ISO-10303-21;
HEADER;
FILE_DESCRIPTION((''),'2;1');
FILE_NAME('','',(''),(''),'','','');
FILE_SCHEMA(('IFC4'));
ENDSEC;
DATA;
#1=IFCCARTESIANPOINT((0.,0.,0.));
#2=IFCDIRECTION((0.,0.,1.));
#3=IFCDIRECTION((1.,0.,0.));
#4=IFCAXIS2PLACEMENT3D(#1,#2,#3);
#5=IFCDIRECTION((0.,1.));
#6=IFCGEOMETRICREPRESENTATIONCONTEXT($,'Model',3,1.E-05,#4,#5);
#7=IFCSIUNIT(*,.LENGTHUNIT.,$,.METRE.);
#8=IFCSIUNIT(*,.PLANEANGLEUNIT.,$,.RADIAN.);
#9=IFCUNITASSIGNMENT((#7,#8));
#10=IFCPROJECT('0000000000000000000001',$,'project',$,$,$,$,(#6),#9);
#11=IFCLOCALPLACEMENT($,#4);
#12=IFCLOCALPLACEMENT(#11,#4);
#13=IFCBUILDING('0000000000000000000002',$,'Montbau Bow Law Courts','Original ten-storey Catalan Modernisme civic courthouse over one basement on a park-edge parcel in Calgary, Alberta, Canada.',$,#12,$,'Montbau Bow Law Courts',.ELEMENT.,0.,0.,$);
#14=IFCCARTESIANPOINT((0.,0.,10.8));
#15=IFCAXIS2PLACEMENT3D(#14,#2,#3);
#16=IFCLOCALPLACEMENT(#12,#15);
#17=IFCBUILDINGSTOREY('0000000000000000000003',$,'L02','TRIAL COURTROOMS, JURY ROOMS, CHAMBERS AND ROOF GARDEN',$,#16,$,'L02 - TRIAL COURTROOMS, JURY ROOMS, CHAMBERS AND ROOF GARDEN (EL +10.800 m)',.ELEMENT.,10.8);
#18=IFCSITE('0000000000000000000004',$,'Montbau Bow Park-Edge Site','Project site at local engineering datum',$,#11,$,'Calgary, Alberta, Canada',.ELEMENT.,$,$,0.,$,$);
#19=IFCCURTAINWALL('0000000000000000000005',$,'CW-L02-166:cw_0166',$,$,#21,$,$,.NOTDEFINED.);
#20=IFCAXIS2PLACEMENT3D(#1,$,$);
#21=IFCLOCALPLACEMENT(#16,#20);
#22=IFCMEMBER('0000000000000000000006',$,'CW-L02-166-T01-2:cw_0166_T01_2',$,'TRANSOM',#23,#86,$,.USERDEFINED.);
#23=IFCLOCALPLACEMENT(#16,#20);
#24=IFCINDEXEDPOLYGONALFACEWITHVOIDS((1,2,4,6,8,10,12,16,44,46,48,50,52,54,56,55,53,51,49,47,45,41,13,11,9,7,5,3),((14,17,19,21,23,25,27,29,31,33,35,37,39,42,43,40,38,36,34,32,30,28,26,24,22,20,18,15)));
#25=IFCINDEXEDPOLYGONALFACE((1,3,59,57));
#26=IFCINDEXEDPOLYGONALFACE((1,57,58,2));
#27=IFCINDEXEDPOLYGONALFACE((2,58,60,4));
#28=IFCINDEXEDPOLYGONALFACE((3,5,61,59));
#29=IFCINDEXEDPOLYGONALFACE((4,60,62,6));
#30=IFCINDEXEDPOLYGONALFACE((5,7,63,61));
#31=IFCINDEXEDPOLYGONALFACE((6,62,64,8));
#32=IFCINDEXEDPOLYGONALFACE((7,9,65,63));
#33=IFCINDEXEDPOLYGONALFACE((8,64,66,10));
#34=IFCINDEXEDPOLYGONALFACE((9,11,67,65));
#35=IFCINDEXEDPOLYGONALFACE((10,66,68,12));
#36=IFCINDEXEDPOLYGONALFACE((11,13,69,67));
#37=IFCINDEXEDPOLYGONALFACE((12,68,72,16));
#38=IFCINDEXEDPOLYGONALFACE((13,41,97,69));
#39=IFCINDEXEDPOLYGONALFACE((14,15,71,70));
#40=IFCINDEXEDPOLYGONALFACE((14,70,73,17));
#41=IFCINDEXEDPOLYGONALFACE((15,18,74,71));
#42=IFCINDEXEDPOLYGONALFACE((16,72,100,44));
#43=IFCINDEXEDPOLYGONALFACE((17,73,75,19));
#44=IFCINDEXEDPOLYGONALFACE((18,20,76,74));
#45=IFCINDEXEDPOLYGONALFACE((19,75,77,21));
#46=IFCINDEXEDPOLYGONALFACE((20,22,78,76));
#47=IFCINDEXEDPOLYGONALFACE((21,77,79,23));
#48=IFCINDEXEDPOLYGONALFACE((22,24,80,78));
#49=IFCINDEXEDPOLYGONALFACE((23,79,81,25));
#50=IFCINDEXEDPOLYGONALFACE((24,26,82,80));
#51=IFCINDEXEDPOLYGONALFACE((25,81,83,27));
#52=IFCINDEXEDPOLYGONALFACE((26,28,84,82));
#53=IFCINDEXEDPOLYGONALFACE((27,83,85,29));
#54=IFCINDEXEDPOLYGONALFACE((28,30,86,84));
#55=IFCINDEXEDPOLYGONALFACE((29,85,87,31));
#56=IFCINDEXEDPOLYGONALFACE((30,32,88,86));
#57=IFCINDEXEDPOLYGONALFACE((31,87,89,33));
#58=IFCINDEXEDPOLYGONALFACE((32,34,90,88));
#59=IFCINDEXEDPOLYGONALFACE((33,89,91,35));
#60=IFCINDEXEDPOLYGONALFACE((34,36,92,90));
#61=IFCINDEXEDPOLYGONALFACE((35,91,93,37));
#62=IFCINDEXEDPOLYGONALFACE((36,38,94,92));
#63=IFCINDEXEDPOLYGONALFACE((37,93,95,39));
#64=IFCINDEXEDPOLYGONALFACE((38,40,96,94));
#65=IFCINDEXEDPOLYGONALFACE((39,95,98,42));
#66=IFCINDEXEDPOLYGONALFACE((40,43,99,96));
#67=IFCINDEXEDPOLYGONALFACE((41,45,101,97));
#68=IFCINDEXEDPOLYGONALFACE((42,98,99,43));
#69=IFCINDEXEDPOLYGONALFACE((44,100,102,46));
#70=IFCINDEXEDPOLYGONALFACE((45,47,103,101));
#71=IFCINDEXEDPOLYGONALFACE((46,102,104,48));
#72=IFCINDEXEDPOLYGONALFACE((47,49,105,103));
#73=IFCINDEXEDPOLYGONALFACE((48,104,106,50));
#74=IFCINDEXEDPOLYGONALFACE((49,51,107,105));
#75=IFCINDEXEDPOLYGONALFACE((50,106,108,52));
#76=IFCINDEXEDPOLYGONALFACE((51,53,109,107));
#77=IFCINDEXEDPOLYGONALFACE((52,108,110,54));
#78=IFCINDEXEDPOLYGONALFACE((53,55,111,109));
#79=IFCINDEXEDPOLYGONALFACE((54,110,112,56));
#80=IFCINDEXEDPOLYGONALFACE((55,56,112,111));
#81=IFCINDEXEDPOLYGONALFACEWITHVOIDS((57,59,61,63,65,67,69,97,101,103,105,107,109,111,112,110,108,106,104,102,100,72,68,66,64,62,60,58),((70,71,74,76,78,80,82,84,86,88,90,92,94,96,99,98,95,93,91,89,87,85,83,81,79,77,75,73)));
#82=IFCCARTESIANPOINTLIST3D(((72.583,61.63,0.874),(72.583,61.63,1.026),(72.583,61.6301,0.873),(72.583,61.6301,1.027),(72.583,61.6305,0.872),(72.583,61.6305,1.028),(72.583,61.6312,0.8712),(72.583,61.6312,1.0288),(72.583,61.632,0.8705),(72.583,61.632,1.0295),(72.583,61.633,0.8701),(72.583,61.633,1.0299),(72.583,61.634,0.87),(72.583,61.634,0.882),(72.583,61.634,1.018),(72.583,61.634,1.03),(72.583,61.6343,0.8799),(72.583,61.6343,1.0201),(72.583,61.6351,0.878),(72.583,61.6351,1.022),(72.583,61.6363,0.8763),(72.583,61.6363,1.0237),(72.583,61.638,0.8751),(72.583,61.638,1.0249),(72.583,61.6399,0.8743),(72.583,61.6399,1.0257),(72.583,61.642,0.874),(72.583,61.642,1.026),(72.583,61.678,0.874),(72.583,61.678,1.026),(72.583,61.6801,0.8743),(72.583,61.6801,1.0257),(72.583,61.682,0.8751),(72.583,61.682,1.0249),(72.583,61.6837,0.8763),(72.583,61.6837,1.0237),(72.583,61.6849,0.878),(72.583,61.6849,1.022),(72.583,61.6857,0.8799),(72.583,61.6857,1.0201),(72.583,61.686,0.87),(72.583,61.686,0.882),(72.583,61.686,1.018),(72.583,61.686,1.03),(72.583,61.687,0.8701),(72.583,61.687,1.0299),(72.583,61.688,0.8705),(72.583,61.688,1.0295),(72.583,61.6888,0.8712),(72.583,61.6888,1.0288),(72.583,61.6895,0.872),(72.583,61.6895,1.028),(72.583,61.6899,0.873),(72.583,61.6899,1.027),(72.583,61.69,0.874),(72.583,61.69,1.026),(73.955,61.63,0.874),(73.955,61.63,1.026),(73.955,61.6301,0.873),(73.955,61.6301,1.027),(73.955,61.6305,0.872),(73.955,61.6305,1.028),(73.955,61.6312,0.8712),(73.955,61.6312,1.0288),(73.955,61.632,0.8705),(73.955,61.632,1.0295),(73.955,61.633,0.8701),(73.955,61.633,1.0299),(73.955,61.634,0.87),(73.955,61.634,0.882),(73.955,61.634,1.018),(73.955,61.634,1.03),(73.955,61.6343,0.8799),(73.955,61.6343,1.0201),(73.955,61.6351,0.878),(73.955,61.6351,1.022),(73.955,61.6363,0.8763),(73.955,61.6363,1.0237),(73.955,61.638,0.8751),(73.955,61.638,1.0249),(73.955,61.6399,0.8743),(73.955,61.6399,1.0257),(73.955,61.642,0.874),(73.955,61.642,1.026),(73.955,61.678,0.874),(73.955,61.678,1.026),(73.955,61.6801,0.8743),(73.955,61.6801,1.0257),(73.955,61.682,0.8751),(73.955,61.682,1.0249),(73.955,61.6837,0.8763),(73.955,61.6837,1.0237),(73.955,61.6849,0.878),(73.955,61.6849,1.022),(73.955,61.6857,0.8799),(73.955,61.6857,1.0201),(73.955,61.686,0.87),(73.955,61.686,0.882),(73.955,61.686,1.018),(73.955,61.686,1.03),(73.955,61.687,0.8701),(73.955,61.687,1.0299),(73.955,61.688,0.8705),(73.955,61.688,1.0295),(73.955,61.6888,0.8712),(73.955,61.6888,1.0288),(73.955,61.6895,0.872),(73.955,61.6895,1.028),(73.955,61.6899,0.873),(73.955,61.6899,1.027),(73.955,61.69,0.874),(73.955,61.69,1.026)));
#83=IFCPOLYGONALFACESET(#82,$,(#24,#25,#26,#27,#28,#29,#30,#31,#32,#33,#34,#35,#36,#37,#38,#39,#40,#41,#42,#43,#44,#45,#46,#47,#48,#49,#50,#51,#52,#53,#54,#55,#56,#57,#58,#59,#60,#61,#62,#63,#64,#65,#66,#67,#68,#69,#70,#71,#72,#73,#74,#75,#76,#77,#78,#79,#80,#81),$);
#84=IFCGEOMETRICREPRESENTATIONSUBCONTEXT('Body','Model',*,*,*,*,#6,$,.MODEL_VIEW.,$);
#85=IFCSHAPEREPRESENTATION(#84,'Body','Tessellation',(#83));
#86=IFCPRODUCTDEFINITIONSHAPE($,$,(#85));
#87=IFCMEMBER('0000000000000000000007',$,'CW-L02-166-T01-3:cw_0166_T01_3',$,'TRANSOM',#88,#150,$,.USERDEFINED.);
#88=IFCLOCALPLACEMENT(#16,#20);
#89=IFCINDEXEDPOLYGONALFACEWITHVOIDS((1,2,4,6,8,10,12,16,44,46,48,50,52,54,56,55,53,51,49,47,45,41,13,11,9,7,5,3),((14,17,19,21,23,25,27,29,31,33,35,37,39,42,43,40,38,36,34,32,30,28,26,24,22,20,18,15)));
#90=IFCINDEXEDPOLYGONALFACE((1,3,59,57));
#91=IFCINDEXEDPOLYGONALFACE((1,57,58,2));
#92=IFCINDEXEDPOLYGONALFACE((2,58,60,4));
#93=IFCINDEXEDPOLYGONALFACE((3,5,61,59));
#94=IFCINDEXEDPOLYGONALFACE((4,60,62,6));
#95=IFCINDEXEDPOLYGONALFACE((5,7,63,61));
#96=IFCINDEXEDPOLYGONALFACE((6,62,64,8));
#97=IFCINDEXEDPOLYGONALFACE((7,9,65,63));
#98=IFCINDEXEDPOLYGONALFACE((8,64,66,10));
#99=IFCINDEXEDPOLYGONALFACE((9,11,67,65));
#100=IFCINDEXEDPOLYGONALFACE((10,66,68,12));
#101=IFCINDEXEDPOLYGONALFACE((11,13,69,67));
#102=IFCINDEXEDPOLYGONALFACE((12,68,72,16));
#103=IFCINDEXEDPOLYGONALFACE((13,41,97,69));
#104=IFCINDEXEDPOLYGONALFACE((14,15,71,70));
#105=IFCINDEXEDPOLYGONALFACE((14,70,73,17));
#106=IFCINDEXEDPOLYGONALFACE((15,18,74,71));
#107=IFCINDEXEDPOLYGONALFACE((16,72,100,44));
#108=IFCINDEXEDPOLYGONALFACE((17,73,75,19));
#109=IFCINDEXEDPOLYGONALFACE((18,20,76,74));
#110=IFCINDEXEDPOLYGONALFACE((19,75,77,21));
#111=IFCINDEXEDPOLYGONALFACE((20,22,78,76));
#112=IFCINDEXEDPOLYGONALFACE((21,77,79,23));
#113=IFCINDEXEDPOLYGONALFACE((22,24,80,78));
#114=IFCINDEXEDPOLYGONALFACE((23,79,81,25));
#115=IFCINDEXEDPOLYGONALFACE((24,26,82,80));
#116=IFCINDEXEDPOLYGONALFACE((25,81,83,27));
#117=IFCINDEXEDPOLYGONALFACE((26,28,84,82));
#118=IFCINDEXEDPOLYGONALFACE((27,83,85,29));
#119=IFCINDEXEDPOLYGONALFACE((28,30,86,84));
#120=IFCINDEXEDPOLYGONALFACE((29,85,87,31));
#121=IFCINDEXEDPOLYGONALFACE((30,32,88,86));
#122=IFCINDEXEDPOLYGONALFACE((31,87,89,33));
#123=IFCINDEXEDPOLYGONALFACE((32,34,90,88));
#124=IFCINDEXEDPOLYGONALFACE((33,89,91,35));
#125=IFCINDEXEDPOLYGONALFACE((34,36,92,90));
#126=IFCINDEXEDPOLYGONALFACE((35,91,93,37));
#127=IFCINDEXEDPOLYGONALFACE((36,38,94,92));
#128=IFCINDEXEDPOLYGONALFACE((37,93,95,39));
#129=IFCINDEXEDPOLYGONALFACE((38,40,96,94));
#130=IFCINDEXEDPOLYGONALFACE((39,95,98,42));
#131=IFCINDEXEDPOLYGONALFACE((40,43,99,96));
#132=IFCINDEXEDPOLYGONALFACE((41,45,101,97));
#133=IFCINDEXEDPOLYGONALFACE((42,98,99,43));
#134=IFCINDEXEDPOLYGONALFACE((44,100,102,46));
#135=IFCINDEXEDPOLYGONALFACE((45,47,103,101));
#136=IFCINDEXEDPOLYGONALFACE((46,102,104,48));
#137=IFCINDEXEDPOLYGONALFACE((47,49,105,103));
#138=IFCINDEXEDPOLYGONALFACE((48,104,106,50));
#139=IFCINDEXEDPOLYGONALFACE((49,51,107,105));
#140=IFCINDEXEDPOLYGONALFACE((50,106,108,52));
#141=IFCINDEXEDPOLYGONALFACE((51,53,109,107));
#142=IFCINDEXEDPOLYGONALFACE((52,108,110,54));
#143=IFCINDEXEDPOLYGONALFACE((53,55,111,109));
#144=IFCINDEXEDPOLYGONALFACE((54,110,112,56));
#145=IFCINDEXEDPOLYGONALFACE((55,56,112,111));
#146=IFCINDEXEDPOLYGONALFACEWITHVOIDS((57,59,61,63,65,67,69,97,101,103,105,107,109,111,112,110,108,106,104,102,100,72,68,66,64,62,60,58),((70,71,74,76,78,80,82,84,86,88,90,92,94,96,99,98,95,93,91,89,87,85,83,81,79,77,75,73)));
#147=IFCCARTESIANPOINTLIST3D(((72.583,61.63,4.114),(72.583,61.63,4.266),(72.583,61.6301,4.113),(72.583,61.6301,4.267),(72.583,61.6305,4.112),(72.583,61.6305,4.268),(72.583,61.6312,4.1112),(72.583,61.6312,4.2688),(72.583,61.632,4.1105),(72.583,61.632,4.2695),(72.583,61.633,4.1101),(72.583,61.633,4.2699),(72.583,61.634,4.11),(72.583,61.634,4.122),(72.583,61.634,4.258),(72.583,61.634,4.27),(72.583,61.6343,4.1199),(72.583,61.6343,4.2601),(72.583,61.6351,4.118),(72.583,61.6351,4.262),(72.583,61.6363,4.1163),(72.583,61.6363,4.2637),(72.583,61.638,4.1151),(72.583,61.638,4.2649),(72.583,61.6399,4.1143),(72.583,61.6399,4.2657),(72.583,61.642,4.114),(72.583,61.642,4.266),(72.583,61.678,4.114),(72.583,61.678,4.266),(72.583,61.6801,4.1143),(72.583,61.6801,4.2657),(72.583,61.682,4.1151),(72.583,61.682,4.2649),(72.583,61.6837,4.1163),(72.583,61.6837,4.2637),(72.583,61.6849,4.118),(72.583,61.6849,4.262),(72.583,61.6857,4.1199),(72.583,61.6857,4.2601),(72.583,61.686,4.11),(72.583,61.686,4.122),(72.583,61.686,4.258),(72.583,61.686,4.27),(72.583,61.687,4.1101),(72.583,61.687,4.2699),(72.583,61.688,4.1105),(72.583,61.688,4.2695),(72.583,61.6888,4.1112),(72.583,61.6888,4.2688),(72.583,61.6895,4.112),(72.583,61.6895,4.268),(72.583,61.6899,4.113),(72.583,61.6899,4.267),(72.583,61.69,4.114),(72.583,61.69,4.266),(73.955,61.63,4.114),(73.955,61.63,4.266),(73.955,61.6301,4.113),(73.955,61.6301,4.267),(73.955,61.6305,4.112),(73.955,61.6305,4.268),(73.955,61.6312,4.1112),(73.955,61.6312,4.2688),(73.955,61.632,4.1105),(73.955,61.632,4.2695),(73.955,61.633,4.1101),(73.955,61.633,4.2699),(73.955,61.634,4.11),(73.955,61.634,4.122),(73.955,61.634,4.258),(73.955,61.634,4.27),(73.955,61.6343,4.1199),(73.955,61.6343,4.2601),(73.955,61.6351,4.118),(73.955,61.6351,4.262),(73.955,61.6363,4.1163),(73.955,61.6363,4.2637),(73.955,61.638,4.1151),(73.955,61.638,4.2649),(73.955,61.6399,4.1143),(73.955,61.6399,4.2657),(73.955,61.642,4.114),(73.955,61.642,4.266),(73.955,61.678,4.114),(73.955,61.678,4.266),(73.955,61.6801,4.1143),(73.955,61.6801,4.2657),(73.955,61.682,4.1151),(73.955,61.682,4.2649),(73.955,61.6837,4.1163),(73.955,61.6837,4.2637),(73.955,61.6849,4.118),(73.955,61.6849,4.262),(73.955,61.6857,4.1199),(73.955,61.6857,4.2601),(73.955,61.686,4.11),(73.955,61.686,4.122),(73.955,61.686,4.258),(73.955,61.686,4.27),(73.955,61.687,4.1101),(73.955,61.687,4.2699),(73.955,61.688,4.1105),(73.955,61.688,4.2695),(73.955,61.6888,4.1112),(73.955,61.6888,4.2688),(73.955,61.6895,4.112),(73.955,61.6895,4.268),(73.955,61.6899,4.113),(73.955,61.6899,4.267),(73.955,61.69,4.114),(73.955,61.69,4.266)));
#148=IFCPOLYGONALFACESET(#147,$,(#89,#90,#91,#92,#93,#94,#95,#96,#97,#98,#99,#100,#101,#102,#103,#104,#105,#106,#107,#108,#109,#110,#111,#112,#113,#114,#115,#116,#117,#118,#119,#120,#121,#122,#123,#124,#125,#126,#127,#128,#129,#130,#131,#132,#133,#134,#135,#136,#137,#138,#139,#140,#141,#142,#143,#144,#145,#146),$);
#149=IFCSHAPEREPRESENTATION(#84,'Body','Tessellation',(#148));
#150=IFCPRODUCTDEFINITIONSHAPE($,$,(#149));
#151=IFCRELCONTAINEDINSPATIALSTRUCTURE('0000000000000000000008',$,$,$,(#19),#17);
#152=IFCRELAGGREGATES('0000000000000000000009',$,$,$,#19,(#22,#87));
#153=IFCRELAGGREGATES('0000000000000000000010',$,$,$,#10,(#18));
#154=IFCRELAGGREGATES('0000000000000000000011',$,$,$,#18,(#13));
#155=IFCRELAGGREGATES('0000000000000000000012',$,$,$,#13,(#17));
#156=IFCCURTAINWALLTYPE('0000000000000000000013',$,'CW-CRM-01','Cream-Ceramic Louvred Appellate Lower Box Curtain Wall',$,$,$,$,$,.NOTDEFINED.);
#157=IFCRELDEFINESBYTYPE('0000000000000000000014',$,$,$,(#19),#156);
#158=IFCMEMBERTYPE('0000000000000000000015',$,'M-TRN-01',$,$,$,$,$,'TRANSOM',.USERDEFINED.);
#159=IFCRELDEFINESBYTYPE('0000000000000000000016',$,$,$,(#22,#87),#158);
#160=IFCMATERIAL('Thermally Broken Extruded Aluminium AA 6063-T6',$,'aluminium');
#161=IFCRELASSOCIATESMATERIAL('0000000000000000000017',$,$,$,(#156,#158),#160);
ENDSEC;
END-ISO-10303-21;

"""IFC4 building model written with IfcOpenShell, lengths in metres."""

from ifc_helpers import new_model, si_unit, direction, frame, origin_with_axes, origin_2d_with_axis, place, context, subcontext, project, spatial, hollow_rectangle, extrude, material, material_profile, profile_set, type_object, element, aggregate, save


model = new_model("IFC4")

# Units and contexts
model_context = context("Model", 3, precision=1e-05, world=origin_with_axes(), true_north=direction((0.0, 1.0)))
body_context = subcontext(model_context, "Body", "Model", "MODEL_VIEW")
ifc_project = project(units=[si_unit("LENGTHUNIT", "METRE"), si_unit("PLANEANGLEUNIT", "RADIAN")], contexts=[model_context])

# Site, building, storey
site_placement = place(None, origin_with_axes())
site = spatial("IfcSite", under=ifc_project, at=site_placement, Name="Montbau Bow Park-Edge Site", Description="Project site at local engineering datum", LongName="Calgary, Alberta, Canada", CompositionType="ELEMENT", RefElevation=0.0)
building_placement = place(site_placement, origin_with_axes())
building = spatial("IfcBuilding", under=site, at=building_placement, Name="Montbau Bow Law Courts", Description="Original ten-storey Catalan Modernisme civic courthouse over one basement on a park-edge parcel in Calgary, Alberta, Canada.", LongName="Montbau Bow Law Courts", CompositionType="ELEMENT", ElevationOfRefHeight=0.0, ElevationOfTerrain=0.0)
storey_placement = place(building_placement, frame((0.0, 0.0, 10.8), z_axis=(0.0, 0.0, 1.0), x_axis=(1.0, 0.0, 0.0)))
storey = spatial("IfcBuildingStorey", under=building, at=storey_placement, Name="L02", Description="TRIAL COURTROOMS, JURY ROOMS, CHAMBERS AND ROOF GARDEN", LongName="L02 - TRIAL COURTROOMS, JURY ROOMS, CHAMBERS AND ROOF GARDEN (EL +10.800 m)", CompositionType="ELEMENT", Elevation=10.8)

# Curtain wall, members
ifc_material_1 = material(Name="Thermally Broken Extruded Aluminium AA 6063-T6", Category="aluminium")
curtain_wall_type = type_object("IfcCurtainWallType", Name="CW-CRM-01", Description="Cream-Ceramic Louvred Appellate Lower Box Curtain Wall", PredefinedType="NOTDEFINED", material=ifc_material_1)
curtain_wall_placement = place(None, frame((72.515, 61.66, 10.8), z_axis=(0.0, 0.0, 1.0), x_axis=(1.0, 0.0, 0.0)))
curtain_wall = element("IfcCurtainWall", 1, at=curtain_wall_placement, inside=storey, type_object=curtain_wall_type, Name="CW-L02-166:cw_0166", PredefinedType="NOTDEFINED")
ifc_material_profile_1 = material_profile(ifc_material_1, hollow_rectangle(XDim=0.06, YDim=0.16, WallThickness=0.004, InnerFilletRadius=0.008, OuterFilletRadius=0.004, at=origin_2d_with_axis()), Name="CWT-160X60", Category="Main", Priority=0)
ifc_profile_set_1 = profile_set([ifc_material_profile_1], Name="Thermally Broken Extruded Aluminium AA 6063-T6")
member_type_1 = type_object("IfcMemberType", Name="M-TRN-01", ElementType="TRANSOM", PredefinedType="USERDEFINED", material=ifc_profile_set_1)
member_1_placement = place(None, frame((72.583, 61.66, 11.75), z_axis=(1.0, 0.0, 0.0), x_axis=(0.0, 1.0, 0.0)))
member_1 = element("IfcMember", 2, at=member_1_placement, type_object=member_type_1, Name="CW-L02-166-T01-2:cw_0166_T01_2", ObjectType="TRANSOM", PredefinedType="USERDEFINED", context=body_context, shape_type="SweptSolid", body=[
    extrude(hollow_rectangle(XDim=0.06, YDim=0.16, WallThickness=0.004, InnerFilletRadius=0.008, OuterFilletRadius=0.004, at=origin_2d_with_axis()), origin_with_axes(), (0.0, 0.0, 1.0), 1.372),
])
member_2_placement = place(None, frame((72.583, 61.66, 14.99), z_axis=(1.0, 0.0, 0.0), x_axis=(0.0, 1.0, 0.0)))
member_2 = element("IfcMember", 3, at=member_2_placement, type_object=member_type_1, Name="CW-L02-166-T01-3:cw_0166_T01_3", ObjectType="TRANSOM", PredefinedType="USERDEFINED", context=body_context, shape_type="SweptSolid", body=[
    extrude(hollow_rectangle(XDim=0.06, YDim=0.16, WallThickness=0.004, InnerFilletRadius=0.008, OuterFilletRadius=0.004, at=origin_2d_with_axis()), origin_with_axes(), (0.0, 0.0, 1.0), 1.372),
])
aggregate(curtain_wall, [member_1, member_2])

save(model, "model.ifc")
